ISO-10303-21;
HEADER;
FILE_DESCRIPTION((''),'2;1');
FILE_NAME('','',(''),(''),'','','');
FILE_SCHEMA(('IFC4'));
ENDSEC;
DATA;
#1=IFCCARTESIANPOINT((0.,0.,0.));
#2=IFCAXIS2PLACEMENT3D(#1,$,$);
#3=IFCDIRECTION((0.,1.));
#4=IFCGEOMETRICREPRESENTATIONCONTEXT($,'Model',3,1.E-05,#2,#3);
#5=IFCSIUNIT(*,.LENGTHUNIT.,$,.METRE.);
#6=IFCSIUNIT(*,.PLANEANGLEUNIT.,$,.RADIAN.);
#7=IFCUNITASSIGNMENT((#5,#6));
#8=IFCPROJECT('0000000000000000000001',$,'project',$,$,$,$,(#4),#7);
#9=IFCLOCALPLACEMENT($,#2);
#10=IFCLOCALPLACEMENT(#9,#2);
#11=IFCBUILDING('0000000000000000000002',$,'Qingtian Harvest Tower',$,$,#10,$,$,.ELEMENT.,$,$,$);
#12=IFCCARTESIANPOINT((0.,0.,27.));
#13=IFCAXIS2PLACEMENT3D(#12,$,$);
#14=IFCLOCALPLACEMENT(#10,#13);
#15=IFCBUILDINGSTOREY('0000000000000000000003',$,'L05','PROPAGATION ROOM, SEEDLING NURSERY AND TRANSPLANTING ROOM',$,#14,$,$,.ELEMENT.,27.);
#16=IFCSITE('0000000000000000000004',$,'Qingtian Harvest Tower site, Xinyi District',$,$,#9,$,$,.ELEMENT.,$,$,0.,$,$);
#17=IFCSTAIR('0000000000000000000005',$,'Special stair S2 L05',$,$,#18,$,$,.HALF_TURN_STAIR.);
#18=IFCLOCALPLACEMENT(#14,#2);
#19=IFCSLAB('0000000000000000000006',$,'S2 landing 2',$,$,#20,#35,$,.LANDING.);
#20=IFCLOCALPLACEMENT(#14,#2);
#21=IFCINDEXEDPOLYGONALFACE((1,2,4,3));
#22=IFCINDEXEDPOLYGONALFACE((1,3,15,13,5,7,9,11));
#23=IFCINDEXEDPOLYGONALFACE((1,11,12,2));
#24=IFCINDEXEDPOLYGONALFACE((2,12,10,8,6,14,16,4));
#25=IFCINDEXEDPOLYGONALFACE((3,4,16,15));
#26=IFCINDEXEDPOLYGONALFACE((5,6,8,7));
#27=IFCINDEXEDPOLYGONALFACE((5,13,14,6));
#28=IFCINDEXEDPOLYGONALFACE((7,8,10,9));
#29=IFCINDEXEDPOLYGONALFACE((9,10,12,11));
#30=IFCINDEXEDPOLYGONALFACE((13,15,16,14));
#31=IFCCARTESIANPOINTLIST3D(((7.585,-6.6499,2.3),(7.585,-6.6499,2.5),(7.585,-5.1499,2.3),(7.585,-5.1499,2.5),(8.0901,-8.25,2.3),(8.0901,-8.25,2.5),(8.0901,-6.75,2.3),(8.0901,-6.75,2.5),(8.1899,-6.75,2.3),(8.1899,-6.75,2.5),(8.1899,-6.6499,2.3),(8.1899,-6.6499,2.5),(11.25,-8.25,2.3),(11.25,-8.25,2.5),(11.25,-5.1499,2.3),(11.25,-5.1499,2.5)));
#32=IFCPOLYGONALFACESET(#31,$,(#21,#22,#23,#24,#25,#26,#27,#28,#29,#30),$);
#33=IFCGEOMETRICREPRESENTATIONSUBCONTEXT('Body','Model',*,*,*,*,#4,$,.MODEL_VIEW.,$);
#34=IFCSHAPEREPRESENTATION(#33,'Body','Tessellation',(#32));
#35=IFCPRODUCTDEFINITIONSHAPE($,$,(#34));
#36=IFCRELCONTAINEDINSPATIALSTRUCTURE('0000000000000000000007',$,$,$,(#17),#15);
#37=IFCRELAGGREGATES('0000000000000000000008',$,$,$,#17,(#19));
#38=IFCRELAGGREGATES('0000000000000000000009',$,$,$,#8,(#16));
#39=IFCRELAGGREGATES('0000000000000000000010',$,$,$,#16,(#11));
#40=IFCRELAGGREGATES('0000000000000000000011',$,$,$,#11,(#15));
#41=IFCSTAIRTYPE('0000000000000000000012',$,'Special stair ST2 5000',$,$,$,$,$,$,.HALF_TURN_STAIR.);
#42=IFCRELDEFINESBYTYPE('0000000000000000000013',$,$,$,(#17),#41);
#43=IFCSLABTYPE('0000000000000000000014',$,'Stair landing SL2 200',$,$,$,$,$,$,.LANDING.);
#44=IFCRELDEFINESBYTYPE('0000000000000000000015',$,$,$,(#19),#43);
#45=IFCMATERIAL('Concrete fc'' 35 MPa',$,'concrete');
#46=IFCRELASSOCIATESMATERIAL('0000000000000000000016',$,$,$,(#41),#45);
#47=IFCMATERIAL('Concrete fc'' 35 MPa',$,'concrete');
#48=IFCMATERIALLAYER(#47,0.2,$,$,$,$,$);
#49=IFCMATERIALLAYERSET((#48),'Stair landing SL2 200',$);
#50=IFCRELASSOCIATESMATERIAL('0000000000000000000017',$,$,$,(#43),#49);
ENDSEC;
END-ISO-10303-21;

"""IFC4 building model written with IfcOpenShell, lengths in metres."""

from ifc_helpers import new_model, si_unit, direction, frame, origin, place, context, subcontext, project, spatial, polyline, outline, extrude, material, layer, layer_set, type_object, element, aggregate, save


model = new_model("IFC4")

# Units and contexts
model_context = context("Model", 3, precision=1e-05, world=origin(), true_north=direction((0.0, 1.0)))
body_context = subcontext(model_context, "Body", "Model", "MODEL_VIEW")
ifc_project = project(units=[si_unit("LENGTHUNIT", "METRE"), si_unit("PLANEANGLEUNIT", "RADIAN")], contexts=[model_context])

# Site, building, storey
site_placement = place(None, origin())
site = spatial("IfcSite", under=ifc_project, at=site_placement, Name="Qingtian Harvest Tower site, Xinyi District", CompositionType="ELEMENT", RefElevation=0.0)
building_placement = place(site_placement, origin())
building = spatial("IfcBuilding", under=site, at=building_placement, Name="Qingtian Harvest Tower", CompositionType="ELEMENT")
storey_placement = place(building_placement, frame((0.0, 0.0, 27.0)))
storey = spatial("IfcBuildingStorey", under=building, at=storey_placement, Name="L05", Description="PROPAGATION ROOM, SEEDLING NURSERY AND TRANSPLANTING ROOM", CompositionType="ELEMENT", Elevation=27.0)

# Stair, slab
ifc_material_1 = material(Name="Concrete fc' 35 MPa", Category="concrete")
stair_type = type_object("IfcStairType", Name="Special stair ST2 5000", PredefinedType="HALF_TURN_STAIR", material=ifc_material_1)
stair_placement = place(storey_placement, origin())
stair = element("IfcStair", 1, at=stair_placement, inside=storey, type_object=stair_type, Name="Special stair S2 L05", PredefinedType="HALF_TURN_STAIR")
ifc_material_2 = material(Name="Concrete fc' 35 MPa", Category="concrete")
ifc_layer_1 = layer(ifc_material_2, 0.2)
ifc_layer_set_1 = layer_set([ifc_layer_1], Name="Stair landing SL2 200")
slab_type_1 = type_object("IfcSlabType", Name="Stair landing SL2 200", PredefinedType="LANDING", material=ifc_layer_set_1)
slab_1_placement = place(storey_placement, frame((0.0, 0.0, 2.3)))
slab_1 = element("IfcSlab", 2, at=slab_1_placement, type_object=slab_type_1, Name="S2 landing 2", PredefinedType="LANDING", context=body_context, shape_type="SweptSolid", body=[
    extrude(outline(polyline([(8.0901, -8.25), (8.0901, -6.75), (8.1899, -6.75), (8.1899, -6.6499), (7.585, -6.6499), (7.585, -5.1499), (11.25, -5.1499), (11.25, -8.25), (8.0901, -8.25)])), origin(), (0.0, 0.0, 1.0), 0.2),
])
aggregate(stair, [slab_1])

save(model, "model.ifc")
